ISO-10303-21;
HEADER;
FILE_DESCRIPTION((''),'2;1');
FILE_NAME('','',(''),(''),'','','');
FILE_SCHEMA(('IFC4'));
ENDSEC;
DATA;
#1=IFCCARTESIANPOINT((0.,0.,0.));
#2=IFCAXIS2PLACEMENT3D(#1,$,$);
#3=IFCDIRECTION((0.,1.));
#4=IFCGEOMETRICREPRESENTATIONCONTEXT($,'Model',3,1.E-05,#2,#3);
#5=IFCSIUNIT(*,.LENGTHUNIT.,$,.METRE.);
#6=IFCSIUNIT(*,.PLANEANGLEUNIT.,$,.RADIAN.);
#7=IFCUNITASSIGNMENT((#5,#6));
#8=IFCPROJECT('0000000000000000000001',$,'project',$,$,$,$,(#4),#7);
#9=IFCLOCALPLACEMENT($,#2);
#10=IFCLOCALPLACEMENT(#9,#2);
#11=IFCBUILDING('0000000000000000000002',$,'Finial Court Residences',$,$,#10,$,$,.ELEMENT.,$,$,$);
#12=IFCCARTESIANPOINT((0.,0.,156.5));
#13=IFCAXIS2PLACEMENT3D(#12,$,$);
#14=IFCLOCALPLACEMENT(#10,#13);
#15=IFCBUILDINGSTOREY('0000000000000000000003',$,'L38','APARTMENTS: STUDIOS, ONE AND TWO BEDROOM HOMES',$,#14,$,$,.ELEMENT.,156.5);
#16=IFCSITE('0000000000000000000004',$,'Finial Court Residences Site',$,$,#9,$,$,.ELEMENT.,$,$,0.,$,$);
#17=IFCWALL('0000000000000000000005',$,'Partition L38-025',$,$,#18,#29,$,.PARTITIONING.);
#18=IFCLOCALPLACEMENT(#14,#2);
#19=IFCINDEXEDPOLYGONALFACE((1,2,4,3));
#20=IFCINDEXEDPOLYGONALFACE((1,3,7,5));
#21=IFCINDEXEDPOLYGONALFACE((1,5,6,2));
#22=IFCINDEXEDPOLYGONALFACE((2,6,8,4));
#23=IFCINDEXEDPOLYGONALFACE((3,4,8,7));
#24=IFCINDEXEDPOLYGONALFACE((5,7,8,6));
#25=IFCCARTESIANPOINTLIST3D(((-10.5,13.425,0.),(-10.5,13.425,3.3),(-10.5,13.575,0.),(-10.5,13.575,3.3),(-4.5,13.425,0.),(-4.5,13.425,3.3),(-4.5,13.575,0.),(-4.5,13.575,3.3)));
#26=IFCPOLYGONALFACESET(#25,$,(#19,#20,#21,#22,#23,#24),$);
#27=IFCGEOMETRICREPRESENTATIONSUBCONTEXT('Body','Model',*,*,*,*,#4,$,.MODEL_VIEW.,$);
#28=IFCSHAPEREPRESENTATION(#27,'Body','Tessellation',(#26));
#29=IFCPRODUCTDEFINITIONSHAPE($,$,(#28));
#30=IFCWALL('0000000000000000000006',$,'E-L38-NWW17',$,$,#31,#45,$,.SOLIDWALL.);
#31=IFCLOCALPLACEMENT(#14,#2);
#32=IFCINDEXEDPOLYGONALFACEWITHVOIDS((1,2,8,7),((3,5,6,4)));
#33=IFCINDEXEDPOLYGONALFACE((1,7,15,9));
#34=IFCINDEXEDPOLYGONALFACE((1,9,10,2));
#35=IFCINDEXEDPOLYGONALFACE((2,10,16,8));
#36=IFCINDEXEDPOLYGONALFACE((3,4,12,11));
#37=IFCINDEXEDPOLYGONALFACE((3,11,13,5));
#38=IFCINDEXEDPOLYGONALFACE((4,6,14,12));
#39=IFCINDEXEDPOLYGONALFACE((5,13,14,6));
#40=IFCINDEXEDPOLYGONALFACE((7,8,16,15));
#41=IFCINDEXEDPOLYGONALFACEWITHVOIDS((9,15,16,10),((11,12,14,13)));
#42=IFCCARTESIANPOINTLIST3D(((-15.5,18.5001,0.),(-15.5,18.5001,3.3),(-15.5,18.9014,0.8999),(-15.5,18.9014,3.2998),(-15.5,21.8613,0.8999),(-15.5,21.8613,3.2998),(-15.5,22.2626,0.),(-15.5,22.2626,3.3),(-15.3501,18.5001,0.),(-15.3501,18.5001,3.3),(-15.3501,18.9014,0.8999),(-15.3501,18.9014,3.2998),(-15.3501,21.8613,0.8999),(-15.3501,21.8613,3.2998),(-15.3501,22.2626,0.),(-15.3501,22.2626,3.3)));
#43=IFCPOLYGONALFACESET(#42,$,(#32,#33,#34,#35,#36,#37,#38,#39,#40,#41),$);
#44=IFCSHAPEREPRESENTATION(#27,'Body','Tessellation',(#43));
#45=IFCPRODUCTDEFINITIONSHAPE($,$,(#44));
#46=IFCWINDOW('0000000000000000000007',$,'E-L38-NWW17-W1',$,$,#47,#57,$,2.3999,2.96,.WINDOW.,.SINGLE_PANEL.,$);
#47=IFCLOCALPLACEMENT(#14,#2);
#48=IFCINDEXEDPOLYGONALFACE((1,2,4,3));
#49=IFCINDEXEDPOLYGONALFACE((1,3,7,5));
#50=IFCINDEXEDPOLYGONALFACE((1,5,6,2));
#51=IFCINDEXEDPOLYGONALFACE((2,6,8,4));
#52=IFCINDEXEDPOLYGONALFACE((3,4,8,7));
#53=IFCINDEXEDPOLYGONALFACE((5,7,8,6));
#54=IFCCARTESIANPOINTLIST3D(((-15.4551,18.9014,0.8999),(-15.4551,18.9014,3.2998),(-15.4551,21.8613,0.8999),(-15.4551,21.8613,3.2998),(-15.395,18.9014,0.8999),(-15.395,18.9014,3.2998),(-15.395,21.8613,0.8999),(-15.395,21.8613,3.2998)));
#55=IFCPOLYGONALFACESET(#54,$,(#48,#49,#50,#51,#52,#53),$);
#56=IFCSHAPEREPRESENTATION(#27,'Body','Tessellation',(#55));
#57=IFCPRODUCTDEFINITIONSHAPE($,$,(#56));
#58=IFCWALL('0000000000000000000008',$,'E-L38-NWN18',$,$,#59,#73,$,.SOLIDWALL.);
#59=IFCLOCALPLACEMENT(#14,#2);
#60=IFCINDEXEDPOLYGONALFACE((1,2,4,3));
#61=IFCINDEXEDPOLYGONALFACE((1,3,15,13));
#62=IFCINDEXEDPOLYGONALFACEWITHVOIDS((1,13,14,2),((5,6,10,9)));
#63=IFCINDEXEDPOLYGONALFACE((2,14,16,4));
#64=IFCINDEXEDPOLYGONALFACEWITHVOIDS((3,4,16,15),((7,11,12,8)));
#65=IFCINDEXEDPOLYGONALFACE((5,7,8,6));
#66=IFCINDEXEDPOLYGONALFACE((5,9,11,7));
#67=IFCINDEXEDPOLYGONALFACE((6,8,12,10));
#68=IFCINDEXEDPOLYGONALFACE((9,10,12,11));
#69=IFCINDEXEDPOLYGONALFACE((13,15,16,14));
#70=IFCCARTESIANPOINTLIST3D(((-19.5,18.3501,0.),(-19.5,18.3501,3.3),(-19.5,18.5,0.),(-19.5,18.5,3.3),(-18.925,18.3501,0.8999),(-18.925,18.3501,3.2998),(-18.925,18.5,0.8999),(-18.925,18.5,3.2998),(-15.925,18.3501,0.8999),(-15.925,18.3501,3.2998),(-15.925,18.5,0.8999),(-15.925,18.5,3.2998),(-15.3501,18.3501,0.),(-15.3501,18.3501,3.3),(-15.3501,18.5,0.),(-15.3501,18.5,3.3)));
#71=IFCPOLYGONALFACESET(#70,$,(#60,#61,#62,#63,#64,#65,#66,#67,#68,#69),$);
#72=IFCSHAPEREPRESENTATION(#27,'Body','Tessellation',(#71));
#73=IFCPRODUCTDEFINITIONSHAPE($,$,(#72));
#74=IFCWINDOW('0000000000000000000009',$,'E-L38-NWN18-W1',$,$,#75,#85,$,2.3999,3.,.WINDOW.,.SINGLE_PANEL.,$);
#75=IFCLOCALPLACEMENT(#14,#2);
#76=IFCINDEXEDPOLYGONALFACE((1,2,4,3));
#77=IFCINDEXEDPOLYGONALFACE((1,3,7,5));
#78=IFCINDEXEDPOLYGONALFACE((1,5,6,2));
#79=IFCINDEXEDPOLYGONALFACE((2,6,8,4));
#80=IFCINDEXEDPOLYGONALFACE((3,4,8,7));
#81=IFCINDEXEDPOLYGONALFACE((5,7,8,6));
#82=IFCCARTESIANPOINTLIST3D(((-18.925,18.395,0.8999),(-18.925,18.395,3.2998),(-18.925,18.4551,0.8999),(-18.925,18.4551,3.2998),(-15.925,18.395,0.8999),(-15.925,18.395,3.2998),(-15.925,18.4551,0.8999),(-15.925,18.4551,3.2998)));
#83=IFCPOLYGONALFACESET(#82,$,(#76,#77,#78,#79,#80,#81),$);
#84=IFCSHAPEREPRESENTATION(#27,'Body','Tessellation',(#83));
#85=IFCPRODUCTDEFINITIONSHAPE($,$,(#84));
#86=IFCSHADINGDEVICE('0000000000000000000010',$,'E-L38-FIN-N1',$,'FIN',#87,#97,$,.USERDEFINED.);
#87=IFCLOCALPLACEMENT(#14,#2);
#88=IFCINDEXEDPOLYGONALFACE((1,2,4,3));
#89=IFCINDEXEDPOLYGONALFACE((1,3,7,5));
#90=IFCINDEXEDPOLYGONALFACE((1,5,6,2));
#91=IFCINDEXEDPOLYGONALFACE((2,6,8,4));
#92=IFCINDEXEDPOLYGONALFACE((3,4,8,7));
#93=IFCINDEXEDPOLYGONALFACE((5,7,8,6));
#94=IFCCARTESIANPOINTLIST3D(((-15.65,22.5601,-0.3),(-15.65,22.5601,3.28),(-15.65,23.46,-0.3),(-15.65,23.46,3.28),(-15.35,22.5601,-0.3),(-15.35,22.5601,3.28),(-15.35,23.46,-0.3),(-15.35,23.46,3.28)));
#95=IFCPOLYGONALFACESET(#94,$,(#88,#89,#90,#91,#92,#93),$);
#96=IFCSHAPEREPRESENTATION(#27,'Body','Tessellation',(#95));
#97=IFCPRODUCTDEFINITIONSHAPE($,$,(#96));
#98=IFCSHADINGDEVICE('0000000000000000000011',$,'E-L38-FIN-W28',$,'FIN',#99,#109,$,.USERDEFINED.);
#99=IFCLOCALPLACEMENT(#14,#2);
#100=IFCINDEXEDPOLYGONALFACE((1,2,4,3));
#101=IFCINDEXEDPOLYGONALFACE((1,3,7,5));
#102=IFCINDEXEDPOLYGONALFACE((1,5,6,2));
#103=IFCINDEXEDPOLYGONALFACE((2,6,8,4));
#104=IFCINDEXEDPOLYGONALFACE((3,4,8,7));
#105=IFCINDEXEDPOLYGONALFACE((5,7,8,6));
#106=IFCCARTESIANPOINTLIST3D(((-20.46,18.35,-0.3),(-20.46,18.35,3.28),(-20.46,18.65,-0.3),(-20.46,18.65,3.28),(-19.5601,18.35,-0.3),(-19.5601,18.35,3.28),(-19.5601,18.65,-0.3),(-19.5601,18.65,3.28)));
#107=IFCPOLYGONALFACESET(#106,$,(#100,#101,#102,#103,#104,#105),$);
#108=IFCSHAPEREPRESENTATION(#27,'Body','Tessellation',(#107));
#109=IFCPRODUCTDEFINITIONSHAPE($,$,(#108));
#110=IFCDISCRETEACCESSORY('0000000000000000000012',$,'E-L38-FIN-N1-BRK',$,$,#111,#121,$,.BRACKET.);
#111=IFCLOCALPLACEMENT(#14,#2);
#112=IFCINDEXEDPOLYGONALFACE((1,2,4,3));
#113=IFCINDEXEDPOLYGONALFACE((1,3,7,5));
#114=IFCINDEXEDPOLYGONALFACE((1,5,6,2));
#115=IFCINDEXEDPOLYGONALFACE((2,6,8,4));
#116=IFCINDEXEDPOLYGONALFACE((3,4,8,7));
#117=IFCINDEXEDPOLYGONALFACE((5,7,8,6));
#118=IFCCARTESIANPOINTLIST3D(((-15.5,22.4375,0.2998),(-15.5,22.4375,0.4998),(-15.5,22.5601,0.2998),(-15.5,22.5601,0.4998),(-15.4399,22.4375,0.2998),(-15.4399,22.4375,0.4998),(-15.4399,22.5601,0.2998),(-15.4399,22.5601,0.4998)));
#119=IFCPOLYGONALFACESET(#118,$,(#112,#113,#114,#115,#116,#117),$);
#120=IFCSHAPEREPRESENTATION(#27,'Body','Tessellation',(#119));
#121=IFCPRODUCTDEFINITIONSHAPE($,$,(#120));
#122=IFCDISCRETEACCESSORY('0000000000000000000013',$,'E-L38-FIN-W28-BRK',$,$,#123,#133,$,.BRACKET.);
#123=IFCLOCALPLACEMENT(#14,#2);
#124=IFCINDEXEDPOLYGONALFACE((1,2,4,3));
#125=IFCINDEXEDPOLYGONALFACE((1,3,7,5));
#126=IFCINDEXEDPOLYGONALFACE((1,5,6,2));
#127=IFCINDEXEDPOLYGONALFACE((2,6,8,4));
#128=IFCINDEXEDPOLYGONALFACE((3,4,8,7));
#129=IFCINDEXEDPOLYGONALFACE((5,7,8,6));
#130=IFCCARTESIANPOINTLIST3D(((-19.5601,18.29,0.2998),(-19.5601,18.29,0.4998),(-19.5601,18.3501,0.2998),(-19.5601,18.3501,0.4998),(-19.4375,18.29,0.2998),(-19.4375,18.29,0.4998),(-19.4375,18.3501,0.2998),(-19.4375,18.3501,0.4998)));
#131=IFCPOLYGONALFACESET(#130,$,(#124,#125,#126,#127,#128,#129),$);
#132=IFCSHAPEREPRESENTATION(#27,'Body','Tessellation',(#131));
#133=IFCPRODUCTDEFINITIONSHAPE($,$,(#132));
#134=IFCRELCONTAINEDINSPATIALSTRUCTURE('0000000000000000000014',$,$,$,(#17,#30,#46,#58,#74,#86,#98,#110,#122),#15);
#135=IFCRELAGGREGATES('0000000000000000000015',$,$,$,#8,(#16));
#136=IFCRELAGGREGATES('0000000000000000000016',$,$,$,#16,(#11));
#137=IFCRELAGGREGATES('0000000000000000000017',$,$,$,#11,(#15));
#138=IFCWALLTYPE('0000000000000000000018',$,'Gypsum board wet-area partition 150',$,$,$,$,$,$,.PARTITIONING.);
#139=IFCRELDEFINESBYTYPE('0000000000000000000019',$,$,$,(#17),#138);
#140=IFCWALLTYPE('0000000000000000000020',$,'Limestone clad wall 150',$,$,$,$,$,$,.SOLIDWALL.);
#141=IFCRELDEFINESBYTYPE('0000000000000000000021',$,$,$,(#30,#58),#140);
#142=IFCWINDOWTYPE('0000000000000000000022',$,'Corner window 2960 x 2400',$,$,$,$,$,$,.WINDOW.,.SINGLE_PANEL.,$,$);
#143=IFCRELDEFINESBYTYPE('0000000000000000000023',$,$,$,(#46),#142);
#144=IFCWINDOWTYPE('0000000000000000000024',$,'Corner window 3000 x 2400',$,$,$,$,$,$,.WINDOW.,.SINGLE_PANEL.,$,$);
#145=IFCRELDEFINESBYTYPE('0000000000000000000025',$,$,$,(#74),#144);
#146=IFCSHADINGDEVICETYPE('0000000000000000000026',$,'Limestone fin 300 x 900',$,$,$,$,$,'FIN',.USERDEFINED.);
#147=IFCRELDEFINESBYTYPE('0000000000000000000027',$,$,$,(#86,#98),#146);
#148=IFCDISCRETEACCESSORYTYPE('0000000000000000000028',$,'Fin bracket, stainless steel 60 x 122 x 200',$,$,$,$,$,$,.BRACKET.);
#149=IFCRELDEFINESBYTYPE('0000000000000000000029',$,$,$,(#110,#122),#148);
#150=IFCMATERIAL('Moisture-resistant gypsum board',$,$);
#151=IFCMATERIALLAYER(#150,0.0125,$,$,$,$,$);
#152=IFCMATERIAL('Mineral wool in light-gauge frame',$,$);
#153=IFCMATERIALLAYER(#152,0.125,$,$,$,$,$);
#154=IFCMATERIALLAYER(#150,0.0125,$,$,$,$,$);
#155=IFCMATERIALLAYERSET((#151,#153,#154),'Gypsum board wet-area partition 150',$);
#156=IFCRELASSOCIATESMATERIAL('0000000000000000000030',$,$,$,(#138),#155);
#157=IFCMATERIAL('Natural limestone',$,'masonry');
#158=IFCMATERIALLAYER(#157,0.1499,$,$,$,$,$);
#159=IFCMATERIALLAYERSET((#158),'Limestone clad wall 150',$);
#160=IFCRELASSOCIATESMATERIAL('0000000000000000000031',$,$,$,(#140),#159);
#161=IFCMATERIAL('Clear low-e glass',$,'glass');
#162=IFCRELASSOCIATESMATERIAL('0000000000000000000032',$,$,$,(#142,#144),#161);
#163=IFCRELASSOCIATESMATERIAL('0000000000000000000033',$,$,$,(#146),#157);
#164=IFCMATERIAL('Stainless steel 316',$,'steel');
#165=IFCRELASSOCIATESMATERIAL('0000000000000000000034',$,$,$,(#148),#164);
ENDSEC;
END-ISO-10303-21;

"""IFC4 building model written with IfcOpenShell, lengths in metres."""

from ifc_helpers import new_model, si_unit, direction, frame, frame_2d, origin, origin_2d, place, context, subcontext, project, spatial, rectangle, extrude, material, layer, layer_set, type_object, element, fill, save


model = new_model("IFC4")

# Units and contexts
model_context = context("Model", 3, precision=1e-05, world=origin(), true_north=direction((0.0, 1.0)))
body_context = subcontext(model_context, "Body", "Model", "MODEL_VIEW")
ifc_project = project(units=[si_unit("LENGTHUNIT", "METRE"), si_unit("PLANEANGLEUNIT", "RADIAN")], contexts=[model_context])

# Site, building, storey
site_placement = place(None, origin())
site = spatial("IfcSite", under=ifc_project, at=site_placement, Name="Finial Court Residences Site", CompositionType="ELEMENT", RefElevation=0.0)
building_placement = place(site_placement, origin())
building = spatial("IfcBuilding", under=site, at=building_placement, Name="Finial Court Residences", CompositionType="ELEMENT")
storey_placement = place(building_placement, frame((0.0, 0.0, 156.5)))
storey = spatial("IfcBuildingStorey", under=building, at=storey_placement, Name="L38", Description="APARTMENTS: STUDIOS, ONE AND TWO BEDROOM HOMES", CompositionType="ELEMENT", Elevation=156.5)

# Shared definitions
ifc_material_1 = material(Name="Clear low-e glass", Category="glass")

# Shared definitions
ifc_material_2 = material(Name="Mineral wool in light-gauge frame")

# Wall
ifc_material_3 = material(Name="Moisture-resistant gypsum board")
ifc_layer_1 = layer(ifc_material_3, 0.0125)
ifc_layer_2 = layer(ifc_material_2, 0.125)
ifc_layer_3 = layer(ifc_material_3, 0.0125)
ifc_layer_set_1 = layer_set([ifc_layer_1, ifc_layer_2, ifc_layer_3], Name="Gypsum board wet-area partition 150")
wall_type_1 = type_object("IfcWallType", Name="Gypsum board wet-area partition 150", PredefinedType="PARTITIONING", material=ifc_layer_set_1)
wall_1_placement = place(storey_placement, frame((-10.5, 13.5, 0.0), z_axis=(0.0, 0.0, 1.0), x_axis=(1.0, 0.0, 0.0)))
element("IfcWall", 1, at=wall_1_placement, inside=storey, type_object=wall_type_1, Name="Partition L38-025", PredefinedType="PARTITIONING", context=body_context, shape_type="SweptSolid", body=[
    extrude(rectangle(XDim=6.0, YDim=0.1499, at=frame_2d((3.0, 0.0))), origin(), (0.0, 0.0, 1.0), 3.3),
])

# Walls, openings, windows
ifc_material_4 = material(Name="Natural limestone", Category="masonry")
ifc_layer_4 = layer(ifc_material_4, 0.1499)
ifc_layer_set_2 = layer_set([ifc_layer_4], Name="Limestone clad wall 150")
wall_type_2 = type_object("IfcWallType", Name="Limestone clad wall 150", PredefinedType="SOLIDWALL", material=ifc_layer_set_2)
wall_2_placement = place(storey_placement, frame((-15.425, 18.5, 0.0), z_axis=(0.0, 0.0, 1.0), x_axis=(0.0, 1.0, 0.0)))
wall_2 = element("IfcWall", 2, at=wall_2_placement, inside=storey, type_object=wall_type_2, Name="E-L38-NWW17", PredefinedType="SOLIDWALL", context=body_context, shape_type="SweptSolid", body=[
    extrude(rectangle(XDim=3.7625, YDim=0.1499, at=frame_2d((1.8813, 0.0))), origin(), (0.0, 0.0, 1.0), 3.3),
])
opening_1_placement = place(wall_2_placement, frame((0.4014, 0.0, 0.8999)))
opening_1 = element("IfcOpeningElement", 3, at=opening_1_placement, cuts=wall_2, PredefinedType="OPENING", context=body_context, shape_type="SweptSolid", body=[
    extrude(rectangle(XDim=2.96, YDim=2.3999, at=frame_2d((1.48, 1.2))), frame((0.0, 0.085, 0.0), z_axis=(0.0, -1.0, 0.0), x_axis=(1.0, 0.0, 0.0)), (0.0, 0.0, 1.0), 0.1699),
])
window_type_1 = type_object("IfcWindowType", Name="Corner window 2960 x 2400", PartitioningType="SINGLE_PANEL", PredefinedType="WINDOW", material=ifc_material_1)
window_1_placement = place(opening_1_placement, origin())
window_1 = element("IfcWindow", 4, at=window_1_placement, inside=storey, type_object=window_type_1, Name="E-L38-NWW17-W1", OverallHeight=2.3999, OverallWidth=2.96, PartitioningType="SINGLE_PANEL", PredefinedType="WINDOW", context=body_context, shape_type="SweptSolid", body=[
    extrude(rectangle(XDim=2.96, YDim=2.3999, at=frame_2d((1.48, 1.2))), frame((0.0, 0.03, 0.0), z_axis=(0.0, -1.0, 0.0), x_axis=(1.0, 0.0, 0.0)), (0.0, 0.0, 1.0), 0.0601),
])
fill(opening_1, window_1)
wall_3_placement = place(storey_placement, frame((-19.5, 18.425, 0.0), z_axis=(0.0, 0.0, 1.0), x_axis=(1.0, 0.0, 0.0)))
wall_3 = element("IfcWall", 5, at=wall_3_placement, inside=storey, type_object=wall_type_2, Name="E-L38-NWN18", PredefinedType="SOLIDWALL", context=body_context, shape_type="SweptSolid", body=[
    extrude(rectangle(XDim=4.1499, YDim=0.1499, at=frame_2d((2.075, 0.0))), origin(), (0.0, 0.0, 1.0), 3.3),
])
opening_2_placement = place(wall_3_placement, frame((0.575, 0.0, 0.8999)))
opening_2 = element("IfcOpeningElement", 6, at=opening_2_placement, cuts=wall_3, PredefinedType="OPENING", context=body_context, shape_type="SweptSolid", body=[
    extrude(rectangle(XDim=3.0, YDim=2.3999, at=frame_2d((1.5, 1.2))), frame((0.0, 0.085, 0.0), z_axis=(0.0, -1.0, 0.0), x_axis=(1.0, 0.0, 0.0)), (0.0, 0.0, 1.0), 0.1699),
])
window_type_2 = type_object("IfcWindowType", Name="Corner window 3000 x 2400", PartitioningType="SINGLE_PANEL", PredefinedType="WINDOW", material=ifc_material_1)
window_2_placement = place(opening_2_placement, origin())
window_2 = element("IfcWindow", 7, at=window_2_placement, inside=storey, type_object=window_type_2, Name="E-L38-NWN18-W1", OverallHeight=2.3999, OverallWidth=3.0, PartitioningType="SINGLE_PANEL", PredefinedType="WINDOW", context=body_context, shape_type="SweptSolid", body=[
    extrude(rectangle(XDim=3.0, YDim=2.3999, at=frame_2d((1.5, 1.2))), frame((0.0, 0.03, 0.0), z_axis=(0.0, -1.0, 0.0), x_axis=(1.0, 0.0, 0.0)), (0.0, 0.0, 1.0), 0.0601),
])
fill(opening_2, window_2)

# Shading devices
shading_device_type = type_object("IfcShadingDeviceType", Name="Limestone fin 300 x 900", ElementType="FIN", PredefinedType="USERDEFINED", material=ifc_material_4)
shading_device_1_placement = place(storey_placement, frame((-15.5, 23.01, -0.3), z_axis=(0.0, 0.0, 1.0), x_axis=(1.0, 0.0, 0.0)))
element("IfcShadingDevice", 8, at=shading_device_1_placement, inside=storey, type_object=shading_device_type, Name="E-L38-FIN-N1", ObjectType="FIN", PredefinedType="USERDEFINED", context=body_context, shape_type="SweptSolid", body=[
    extrude(rectangle(XDim=0.3, YDim=0.8999, at=origin_2d()), origin(), (0.0, 0.0, 1.0), 3.5801),
])
shading_device_2_placement = place(storey_placement, frame((-20.01, 18.5, -0.3), z_axis=(0.0, 0.0, 1.0), x_axis=(1.0, 0.0, 0.0)))
element("IfcShadingDevice", 9, at=shading_device_2_placement, inside=storey, type_object=shading_device_type, Name="E-L38-FIN-W28", ObjectType="FIN", PredefinedType="USERDEFINED", context=body_context, shape_type="SweptSolid", body=[
    extrude(rectangle(XDim=0.8999, YDim=0.3, at=origin_2d()), origin(), (0.0, 0.0, 1.0), 3.5801),
])

# Discrete accessories
ifc_material_5 = material(Name="Stainless steel 316", Category="steel")
discrete_accessory_type = type_object("IfcDiscreteAccessoryType", Name="Fin bracket, stainless steel 60 x 122 x 200", PredefinedType="BRACKET", material=ifc_material_5)
discrete_accessory_1_placement = place(storey_placement, frame((-15.47, 22.4988, 0.2998), z_axis=(0.0, 0.0, 1.0), x_axis=(1.0, 0.0, 0.0)))
element("IfcDiscreteAccessory", 10, at=discrete_accessory_1_placement, inside=storey, type_object=discrete_accessory_type, Name="E-L38-FIN-N1-BRK", PredefinedType="BRACKET", context=body_context, shape_type="SweptSolid", body=[
    extrude(rectangle(XDim=0.0601, YDim=0.1226, at=origin_2d()), origin(), (0.0, 0.0, 1.0), 0.2),
])
discrete_accessory_2_placement = place(storey_placement, frame((-19.4988, 18.3201, 0.2998), z_axis=(0.0, 0.0, 1.0), x_axis=(1.0, 0.0, 0.0)))
element("IfcDiscreteAccessory", 11, at=discrete_accessory_2_placement, inside=storey, type_object=discrete_accessory_type, Name="E-L38-FIN-W28-BRK", PredefinedType="BRACKET", context=body_context, shape_type="SweptSolid", body=[
    extrude(rectangle(XDim=0.1226, YDim=0.0601, at=origin_2d()), origin(), (0.0, 0.0, 1.0), 0.2),
])

save(model, "model.ifc")
